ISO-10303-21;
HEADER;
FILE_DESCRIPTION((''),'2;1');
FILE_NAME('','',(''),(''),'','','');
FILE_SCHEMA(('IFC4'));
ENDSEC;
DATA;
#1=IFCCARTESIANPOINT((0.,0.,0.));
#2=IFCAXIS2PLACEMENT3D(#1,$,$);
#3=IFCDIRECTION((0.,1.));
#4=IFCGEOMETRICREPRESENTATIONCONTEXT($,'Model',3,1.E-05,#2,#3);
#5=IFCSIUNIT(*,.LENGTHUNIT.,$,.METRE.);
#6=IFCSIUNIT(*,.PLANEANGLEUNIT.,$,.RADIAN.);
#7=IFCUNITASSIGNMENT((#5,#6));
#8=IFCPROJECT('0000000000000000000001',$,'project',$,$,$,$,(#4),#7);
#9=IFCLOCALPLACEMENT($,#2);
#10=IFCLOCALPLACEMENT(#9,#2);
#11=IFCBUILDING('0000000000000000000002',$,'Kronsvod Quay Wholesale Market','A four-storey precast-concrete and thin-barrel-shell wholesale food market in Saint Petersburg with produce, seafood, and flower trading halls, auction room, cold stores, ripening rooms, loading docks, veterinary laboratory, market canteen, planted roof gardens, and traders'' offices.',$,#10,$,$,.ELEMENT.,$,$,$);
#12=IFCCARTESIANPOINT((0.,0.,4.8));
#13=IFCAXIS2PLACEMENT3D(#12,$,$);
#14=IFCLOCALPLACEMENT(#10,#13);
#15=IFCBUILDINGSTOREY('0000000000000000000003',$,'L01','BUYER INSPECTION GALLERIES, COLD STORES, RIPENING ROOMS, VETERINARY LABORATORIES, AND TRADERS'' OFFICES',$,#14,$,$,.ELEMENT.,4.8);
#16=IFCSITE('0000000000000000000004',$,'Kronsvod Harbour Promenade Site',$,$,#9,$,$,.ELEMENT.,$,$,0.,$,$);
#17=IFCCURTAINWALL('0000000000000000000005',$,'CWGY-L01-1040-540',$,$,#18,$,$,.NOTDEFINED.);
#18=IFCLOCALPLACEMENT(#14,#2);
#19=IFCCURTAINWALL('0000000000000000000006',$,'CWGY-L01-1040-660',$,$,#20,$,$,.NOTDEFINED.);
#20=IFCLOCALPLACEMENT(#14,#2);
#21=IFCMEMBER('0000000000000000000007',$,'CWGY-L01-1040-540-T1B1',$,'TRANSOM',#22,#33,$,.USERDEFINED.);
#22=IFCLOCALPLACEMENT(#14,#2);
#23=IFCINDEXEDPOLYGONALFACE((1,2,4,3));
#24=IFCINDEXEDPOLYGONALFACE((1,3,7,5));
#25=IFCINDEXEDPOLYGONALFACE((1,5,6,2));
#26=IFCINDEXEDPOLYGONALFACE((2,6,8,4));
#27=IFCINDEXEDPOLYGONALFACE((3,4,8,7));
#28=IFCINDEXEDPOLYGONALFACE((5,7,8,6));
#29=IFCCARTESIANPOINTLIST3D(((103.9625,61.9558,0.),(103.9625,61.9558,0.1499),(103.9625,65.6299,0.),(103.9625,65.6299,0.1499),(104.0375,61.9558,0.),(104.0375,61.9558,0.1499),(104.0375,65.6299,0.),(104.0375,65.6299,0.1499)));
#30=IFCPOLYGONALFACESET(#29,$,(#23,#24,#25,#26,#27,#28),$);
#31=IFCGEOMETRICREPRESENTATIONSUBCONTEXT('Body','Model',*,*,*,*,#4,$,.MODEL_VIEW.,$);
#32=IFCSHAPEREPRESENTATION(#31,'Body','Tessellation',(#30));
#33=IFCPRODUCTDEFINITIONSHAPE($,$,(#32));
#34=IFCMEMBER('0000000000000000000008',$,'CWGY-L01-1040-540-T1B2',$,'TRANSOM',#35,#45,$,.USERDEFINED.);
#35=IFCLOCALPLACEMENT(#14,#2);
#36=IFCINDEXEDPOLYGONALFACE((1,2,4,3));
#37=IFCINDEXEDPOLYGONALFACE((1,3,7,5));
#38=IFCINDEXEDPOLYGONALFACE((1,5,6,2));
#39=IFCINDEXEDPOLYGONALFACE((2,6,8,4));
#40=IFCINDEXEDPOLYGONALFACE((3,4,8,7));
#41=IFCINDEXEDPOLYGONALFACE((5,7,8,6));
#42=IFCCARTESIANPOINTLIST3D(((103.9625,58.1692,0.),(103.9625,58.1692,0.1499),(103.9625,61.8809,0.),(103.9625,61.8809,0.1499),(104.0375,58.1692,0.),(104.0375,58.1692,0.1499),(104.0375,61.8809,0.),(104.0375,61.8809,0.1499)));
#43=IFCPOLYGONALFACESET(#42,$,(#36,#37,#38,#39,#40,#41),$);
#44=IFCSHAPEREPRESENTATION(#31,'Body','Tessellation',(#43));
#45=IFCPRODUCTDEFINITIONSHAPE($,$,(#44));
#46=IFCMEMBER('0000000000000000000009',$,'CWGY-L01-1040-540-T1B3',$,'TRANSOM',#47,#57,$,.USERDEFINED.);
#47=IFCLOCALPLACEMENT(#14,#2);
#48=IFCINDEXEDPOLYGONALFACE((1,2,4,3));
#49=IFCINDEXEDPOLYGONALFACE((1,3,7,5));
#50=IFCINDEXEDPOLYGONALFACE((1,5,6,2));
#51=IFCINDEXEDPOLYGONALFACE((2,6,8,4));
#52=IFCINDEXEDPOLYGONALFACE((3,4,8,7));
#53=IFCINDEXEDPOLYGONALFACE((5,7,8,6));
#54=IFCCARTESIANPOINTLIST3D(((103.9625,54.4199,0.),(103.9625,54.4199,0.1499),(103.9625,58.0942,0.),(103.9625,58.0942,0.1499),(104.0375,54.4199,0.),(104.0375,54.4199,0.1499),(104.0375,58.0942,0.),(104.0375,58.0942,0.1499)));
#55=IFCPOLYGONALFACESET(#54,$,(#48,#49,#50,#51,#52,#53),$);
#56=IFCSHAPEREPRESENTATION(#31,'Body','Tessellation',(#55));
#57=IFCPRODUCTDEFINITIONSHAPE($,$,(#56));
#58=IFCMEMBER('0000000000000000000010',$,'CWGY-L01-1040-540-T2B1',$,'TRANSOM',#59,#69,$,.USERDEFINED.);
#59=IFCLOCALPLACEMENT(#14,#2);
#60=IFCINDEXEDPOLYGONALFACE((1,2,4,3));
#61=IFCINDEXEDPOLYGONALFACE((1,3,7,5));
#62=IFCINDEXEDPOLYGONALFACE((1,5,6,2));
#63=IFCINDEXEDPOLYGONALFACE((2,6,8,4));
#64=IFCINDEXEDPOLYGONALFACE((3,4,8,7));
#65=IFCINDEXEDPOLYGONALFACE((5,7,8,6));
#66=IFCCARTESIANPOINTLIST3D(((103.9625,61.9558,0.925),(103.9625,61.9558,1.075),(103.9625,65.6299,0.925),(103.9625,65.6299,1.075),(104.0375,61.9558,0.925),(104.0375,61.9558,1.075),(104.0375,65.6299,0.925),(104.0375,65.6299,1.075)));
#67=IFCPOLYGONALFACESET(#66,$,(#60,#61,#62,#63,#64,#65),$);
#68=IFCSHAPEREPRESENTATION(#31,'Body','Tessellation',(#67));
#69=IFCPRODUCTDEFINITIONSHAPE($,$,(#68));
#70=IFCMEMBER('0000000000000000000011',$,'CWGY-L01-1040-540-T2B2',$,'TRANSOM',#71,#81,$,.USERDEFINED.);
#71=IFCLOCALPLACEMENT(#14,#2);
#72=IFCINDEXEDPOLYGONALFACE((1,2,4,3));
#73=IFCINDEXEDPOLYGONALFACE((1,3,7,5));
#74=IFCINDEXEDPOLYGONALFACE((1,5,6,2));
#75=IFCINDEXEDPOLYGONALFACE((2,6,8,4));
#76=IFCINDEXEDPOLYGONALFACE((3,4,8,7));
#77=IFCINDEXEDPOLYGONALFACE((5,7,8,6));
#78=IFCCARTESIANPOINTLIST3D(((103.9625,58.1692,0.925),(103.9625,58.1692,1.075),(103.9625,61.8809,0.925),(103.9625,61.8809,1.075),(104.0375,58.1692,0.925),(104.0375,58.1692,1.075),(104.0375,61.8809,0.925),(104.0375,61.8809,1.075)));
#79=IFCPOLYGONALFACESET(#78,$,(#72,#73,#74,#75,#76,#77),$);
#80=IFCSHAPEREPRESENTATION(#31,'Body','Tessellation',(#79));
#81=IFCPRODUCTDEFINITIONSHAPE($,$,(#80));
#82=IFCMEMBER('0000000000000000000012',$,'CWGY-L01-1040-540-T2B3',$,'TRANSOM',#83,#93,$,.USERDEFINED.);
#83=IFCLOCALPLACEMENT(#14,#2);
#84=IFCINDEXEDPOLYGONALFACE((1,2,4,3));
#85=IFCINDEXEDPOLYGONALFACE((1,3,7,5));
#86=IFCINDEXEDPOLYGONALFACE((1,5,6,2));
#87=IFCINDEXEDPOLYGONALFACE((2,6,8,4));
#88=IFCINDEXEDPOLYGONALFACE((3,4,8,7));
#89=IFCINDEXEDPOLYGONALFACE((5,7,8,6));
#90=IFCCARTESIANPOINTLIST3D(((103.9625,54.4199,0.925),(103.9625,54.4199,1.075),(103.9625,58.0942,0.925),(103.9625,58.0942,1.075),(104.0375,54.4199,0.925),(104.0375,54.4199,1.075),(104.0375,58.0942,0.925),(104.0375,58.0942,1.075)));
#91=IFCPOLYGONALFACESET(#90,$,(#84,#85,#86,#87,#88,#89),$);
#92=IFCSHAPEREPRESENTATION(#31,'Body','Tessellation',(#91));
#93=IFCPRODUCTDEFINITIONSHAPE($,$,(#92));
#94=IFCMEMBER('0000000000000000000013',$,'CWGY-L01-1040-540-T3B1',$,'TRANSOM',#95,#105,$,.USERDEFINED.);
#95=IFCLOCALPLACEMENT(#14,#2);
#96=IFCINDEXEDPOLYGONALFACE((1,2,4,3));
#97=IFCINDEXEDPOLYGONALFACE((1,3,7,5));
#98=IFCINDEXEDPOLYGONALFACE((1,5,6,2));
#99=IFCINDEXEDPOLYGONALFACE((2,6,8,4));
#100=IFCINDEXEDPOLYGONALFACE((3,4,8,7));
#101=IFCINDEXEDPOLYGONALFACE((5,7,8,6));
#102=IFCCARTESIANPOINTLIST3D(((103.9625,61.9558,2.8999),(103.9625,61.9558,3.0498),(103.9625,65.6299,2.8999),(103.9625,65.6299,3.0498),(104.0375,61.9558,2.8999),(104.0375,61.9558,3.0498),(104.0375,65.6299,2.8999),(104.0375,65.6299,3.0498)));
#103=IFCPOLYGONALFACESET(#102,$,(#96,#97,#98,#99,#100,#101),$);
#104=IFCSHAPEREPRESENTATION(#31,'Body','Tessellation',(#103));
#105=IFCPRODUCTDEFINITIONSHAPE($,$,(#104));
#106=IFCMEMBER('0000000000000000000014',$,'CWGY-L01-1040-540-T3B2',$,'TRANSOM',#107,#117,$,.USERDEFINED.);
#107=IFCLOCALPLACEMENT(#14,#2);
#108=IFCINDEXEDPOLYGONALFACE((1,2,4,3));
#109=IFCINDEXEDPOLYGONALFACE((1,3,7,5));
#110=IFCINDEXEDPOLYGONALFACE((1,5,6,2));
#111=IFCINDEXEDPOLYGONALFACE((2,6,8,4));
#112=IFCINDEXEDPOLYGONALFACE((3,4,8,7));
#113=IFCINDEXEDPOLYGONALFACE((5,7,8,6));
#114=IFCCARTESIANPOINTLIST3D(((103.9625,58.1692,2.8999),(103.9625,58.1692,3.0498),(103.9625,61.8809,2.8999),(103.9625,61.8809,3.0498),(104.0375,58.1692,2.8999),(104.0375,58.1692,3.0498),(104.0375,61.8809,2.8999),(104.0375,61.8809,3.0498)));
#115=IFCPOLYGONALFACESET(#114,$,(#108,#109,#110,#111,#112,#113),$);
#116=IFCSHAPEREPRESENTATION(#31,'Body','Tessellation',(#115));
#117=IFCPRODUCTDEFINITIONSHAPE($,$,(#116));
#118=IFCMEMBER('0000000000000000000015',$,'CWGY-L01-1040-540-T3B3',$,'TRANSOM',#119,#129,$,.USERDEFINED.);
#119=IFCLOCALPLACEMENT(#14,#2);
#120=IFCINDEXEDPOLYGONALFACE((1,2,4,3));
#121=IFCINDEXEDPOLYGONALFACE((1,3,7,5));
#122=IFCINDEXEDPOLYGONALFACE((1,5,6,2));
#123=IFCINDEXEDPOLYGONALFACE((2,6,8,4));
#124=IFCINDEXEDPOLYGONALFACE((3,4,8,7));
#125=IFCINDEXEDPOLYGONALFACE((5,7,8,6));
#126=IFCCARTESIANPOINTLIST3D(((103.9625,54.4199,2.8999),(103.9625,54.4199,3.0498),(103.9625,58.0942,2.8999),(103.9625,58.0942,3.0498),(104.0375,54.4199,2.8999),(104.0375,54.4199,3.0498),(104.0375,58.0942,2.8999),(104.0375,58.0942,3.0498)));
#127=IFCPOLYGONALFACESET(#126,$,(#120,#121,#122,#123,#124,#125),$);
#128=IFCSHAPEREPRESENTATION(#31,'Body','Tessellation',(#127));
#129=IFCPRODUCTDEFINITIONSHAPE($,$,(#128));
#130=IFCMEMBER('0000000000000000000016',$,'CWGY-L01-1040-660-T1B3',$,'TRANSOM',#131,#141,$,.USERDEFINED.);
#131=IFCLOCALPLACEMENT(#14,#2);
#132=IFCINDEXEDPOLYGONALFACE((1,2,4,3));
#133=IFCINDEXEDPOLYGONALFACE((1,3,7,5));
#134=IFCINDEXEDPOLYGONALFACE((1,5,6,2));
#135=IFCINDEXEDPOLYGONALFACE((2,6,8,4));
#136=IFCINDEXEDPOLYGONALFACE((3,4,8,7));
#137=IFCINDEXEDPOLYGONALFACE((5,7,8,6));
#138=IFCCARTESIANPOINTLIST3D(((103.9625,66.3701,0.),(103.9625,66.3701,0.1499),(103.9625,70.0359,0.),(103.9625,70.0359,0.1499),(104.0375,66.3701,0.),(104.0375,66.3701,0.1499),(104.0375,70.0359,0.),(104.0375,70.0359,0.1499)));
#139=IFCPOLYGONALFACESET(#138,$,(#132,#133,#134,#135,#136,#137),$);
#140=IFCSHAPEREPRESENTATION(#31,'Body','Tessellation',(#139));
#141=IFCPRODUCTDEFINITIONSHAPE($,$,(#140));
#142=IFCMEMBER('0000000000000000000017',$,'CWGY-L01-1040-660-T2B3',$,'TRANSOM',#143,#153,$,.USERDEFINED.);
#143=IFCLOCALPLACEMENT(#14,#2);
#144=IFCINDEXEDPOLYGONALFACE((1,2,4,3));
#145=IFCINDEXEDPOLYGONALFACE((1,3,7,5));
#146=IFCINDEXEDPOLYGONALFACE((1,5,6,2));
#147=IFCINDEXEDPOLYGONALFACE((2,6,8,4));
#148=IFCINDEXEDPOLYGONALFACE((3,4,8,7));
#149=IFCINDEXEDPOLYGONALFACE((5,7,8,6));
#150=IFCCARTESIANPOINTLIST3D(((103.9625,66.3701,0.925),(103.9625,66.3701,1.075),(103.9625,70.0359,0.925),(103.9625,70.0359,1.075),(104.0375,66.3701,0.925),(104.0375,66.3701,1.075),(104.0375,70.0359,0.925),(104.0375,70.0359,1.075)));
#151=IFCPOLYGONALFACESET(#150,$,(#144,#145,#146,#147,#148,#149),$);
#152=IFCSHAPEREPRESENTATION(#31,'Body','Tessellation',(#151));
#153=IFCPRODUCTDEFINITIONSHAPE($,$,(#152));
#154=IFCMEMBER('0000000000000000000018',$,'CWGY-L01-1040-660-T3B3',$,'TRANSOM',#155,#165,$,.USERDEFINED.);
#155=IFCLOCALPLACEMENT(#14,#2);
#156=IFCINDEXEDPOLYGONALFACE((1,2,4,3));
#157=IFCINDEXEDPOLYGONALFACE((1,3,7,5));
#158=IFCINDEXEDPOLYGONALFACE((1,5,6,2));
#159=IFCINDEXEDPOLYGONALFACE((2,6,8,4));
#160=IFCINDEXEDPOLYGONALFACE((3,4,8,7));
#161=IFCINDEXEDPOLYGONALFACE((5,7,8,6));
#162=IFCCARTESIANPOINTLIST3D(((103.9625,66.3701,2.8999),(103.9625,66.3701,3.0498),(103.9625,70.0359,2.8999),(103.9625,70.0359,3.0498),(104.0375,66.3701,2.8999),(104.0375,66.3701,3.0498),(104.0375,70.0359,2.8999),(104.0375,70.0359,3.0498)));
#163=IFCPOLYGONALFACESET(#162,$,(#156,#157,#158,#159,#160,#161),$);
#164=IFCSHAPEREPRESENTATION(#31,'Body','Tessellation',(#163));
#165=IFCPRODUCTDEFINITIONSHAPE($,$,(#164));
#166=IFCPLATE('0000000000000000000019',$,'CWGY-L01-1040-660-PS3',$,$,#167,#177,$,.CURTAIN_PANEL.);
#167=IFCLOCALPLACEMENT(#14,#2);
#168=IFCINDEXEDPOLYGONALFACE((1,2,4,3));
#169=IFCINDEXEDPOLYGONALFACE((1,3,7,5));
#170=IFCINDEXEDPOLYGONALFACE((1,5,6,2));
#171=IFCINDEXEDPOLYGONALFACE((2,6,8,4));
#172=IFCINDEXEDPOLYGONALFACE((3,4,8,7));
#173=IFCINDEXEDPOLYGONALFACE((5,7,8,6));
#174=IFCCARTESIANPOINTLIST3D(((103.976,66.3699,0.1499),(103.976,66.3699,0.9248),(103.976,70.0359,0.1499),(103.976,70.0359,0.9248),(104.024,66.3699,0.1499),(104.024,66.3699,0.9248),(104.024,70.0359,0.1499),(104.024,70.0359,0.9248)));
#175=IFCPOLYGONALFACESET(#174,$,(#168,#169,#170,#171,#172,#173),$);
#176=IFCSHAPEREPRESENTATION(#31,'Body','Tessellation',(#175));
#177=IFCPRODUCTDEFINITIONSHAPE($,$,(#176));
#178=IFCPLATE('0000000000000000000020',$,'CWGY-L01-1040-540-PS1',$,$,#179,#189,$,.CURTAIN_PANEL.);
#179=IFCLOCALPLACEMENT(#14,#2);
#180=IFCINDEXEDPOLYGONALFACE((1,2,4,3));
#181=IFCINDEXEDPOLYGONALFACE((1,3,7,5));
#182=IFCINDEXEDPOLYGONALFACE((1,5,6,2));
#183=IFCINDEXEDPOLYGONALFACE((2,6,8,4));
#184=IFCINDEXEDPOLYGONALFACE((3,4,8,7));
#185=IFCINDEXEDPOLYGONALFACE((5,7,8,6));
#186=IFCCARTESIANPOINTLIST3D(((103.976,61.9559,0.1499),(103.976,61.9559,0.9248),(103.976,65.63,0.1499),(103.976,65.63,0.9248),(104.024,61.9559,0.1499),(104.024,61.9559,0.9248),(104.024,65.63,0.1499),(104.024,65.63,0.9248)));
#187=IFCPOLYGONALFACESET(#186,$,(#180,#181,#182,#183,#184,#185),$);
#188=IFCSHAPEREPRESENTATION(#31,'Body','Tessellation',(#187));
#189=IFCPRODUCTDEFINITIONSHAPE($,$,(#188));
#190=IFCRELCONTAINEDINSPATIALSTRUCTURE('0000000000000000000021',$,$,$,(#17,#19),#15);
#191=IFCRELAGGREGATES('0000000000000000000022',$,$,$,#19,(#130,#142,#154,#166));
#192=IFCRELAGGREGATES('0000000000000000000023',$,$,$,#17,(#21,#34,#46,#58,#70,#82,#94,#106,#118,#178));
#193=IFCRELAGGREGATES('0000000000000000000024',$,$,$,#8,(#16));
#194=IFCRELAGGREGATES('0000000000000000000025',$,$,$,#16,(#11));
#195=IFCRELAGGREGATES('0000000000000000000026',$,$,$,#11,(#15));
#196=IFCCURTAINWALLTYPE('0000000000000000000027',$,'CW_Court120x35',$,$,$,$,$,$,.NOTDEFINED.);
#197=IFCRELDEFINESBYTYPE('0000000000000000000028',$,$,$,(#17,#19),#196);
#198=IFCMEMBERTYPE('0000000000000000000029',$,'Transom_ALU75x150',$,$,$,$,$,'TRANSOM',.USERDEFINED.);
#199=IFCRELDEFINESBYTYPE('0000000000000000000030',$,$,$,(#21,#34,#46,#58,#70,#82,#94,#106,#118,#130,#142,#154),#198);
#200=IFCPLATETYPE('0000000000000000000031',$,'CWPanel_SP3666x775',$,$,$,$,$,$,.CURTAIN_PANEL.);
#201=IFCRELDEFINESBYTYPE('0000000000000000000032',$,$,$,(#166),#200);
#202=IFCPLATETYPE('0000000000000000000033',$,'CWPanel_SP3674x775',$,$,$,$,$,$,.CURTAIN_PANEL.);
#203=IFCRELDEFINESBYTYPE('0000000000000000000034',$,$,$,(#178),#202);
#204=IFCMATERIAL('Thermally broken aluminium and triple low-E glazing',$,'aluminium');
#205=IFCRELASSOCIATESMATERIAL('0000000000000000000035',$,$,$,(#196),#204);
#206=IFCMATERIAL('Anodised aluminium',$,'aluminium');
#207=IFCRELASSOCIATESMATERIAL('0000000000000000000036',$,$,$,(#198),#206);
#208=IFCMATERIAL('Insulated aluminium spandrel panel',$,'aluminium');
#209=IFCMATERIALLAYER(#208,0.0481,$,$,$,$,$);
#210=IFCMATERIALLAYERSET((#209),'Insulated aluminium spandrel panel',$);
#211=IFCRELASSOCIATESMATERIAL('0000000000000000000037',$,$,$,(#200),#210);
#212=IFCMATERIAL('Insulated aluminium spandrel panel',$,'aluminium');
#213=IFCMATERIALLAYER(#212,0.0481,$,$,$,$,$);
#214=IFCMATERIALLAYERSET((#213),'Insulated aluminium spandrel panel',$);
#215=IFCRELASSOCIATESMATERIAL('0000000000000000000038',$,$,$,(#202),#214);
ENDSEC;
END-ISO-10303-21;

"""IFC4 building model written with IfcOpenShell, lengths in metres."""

from ifc_helpers import new_model, si_unit, direction, frame, origin, origin_2d, place, context, subcontext, project, spatial, rectangle, extrude, material, layer, layer_set, material_profile, profile_set, type_object, element, aggregate, save


model = new_model("IFC4")

# Units and contexts
model_context = context("Model", 3, precision=1e-05, world=origin(), true_north=direction((0.0, 1.0)))
body_context = subcontext(model_context, "Body", "Model", "MODEL_VIEW")
ifc_project = project(units=[si_unit("LENGTHUNIT", "METRE"), si_unit("PLANEANGLEUNIT", "RADIAN")], contexts=[model_context])

# Site, building, storey
site_placement = place(None, origin())
site = spatial("IfcSite", under=ifc_project, at=site_placement, Name="Kronsvod Harbour Promenade Site", CompositionType="ELEMENT", RefElevation=0.0)
building_placement = place(site_placement, origin())
building = spatial("IfcBuilding", under=site, at=building_placement, Name="Kronsvod Quay Wholesale Market", Description="A four-storey precast-concrete and thin-barrel-shell wholesale food market in Saint Petersburg with produce, seafood, and flower trading halls, auction room, cold stores, ripening rooms, loading docks, veterinary laboratory, market canteen, planted roof gardens, and traders' offices.", CompositionType="ELEMENT")
storey_placement = place(building_placement, frame((0.0, 0.0, 4.8)))
storey = spatial("IfcBuildingStorey", under=building, at=storey_placement, Name="L01", Description="BUYER INSPECTION GALLERIES, COLD STORES, RIPENING ROOMS, VETERINARY LABORATORIES, AND TRADERS' OFFICES", CompositionType="ELEMENT", Elevation=4.8)

# Curtain walls
ifc_material_1 = material(Name="Thermally broken aluminium and triple low-E glazing", Category="aluminium")
curtain_wall_type = type_object("IfcCurtainWallType", Name="CW_Court120x35", PredefinedType="NOTDEFINED", material=ifc_material_1)
curtain_wall_1_placement = place(storey_placement, origin())
curtain_wall_1 = element("IfcCurtainWall", 1, at=curtain_wall_1_placement, inside=storey, type_object=curtain_wall_type, Name="CWGY-L01-1040-540", PredefinedType="NOTDEFINED")
curtain_wall_2_placement = place(storey_placement, origin())
curtain_wall_2 = element("IfcCurtainWall", 2, at=curtain_wall_2_placement, inside=storey, type_object=curtain_wall_type, Name="CWGY-L01-1040-660", PredefinedType="NOTDEFINED")

# Members
ifc_material_2 = material(Name="Anodised aluminium", Category="aluminium")
ifc_material_profile_1 = material_profile(ifc_material_2, rectangle(XDim=0.075, YDim=0.1499, at=origin_2d()), Name="ALUT75x150")
ifc_profile_set_1 = profile_set([ifc_material_profile_1], Name="Anodised aluminium")
member_type_1 = type_object("IfcMemberType", Name="Transom_ALU75x150", ElementType="TRANSOM", PredefinedType="USERDEFINED", material=ifc_profile_set_1)
member_1_placement = place(storey_placement, frame((104.0, 65.6299, 0.075), z_axis=(0.0, -1.0, 0.0), x_axis=(1.0, 0.0, 0.0)))
member_1 = element("IfcMember", 3, at=member_1_placement, type_object=member_type_1, Name="CWGY-L01-1040-540-T1B1", ObjectType="TRANSOM", PredefinedType="USERDEFINED", context=body_context, shape_type="SweptSolid", body=[
    extrude(rectangle(XDim=0.075, YDim=0.1499, at=origin_2d()), origin(), (0.0, 0.0, 1.0), 3.6741),
])
member_2_placement = place(storey_placement, frame((104.0, 61.8809, 0.075), z_axis=(0.0, -1.0, 0.0), x_axis=(1.0, 0.0, 0.0)))
member_2 = element("IfcMember", 4, at=member_2_placement, type_object=member_type_1, Name="CWGY-L01-1040-540-T1B2", ObjectType="TRANSOM", PredefinedType="USERDEFINED", context=body_context, shape_type="SweptSolid", body=[
    extrude(rectangle(XDim=0.075, YDim=0.1499, at=origin_2d()), origin(), (0.0, 0.0, 1.0), 3.7117),
])
member_3_placement = place(storey_placement, frame((104.0, 58.0942, 0.075), z_axis=(0.0, -1.0, 0.0), x_axis=(1.0, 0.0, 0.0)))
member_3 = element("IfcMember", 5, at=member_3_placement, type_object=member_type_1, Name="CWGY-L01-1040-540-T1B3", ObjectType="TRANSOM", PredefinedType="USERDEFINED", context=body_context, shape_type="SweptSolid", body=[
    extrude(rectangle(XDim=0.075, YDim=0.1499, at=origin_2d()), origin(), (0.0, 0.0, 1.0), 3.6743),
])
member_4_placement = place(storey_placement, frame((104.0, 65.6299, 1.0), z_axis=(0.0, -1.0, 0.0), x_axis=(1.0, 0.0, 0.0)))
member_4 = element("IfcMember", 6, at=member_4_placement, type_object=member_type_1, Name="CWGY-L01-1040-540-T2B1", ObjectType="TRANSOM", PredefinedType="USERDEFINED", context=body_context, shape_type="SweptSolid", body=[
    extrude(rectangle(XDim=0.075, YDim=0.1499, at=origin_2d()), origin(), (0.0, 0.0, 1.0), 3.6741),
])
member_5_placement = place(storey_placement, frame((104.0, 61.8809, 1.0), z_axis=(0.0, -1.0, 0.0), x_axis=(1.0, 0.0, 0.0)))
member_5 = element("IfcMember", 7, at=member_5_placement, type_object=member_type_1, Name="CWGY-L01-1040-540-T2B2", ObjectType="TRANSOM", PredefinedType="USERDEFINED", context=body_context, shape_type="SweptSolid", body=[
    extrude(rectangle(XDim=0.075, YDim=0.1499, at=origin_2d()), origin(), (0.0, 0.0, 1.0), 3.7117),
])
member_6_placement = place(storey_placement, frame((104.0, 58.0942, 1.0), z_axis=(0.0, -1.0, 0.0), x_axis=(1.0, 0.0, 0.0)))
member_6 = element("IfcMember", 8, at=member_6_placement, type_object=member_type_1, Name="CWGY-L01-1040-540-T2B3", ObjectType="TRANSOM", PredefinedType="USERDEFINED", context=body_context, shape_type="SweptSolid", body=[
    extrude(rectangle(XDim=0.075, YDim=0.1499, at=origin_2d()), origin(), (0.0, 0.0, 1.0), 3.6743),
])
member_7_placement = place(storey_placement, frame((104.0, 65.6299, 2.9749), z_axis=(0.0, -1.0, 0.0), x_axis=(1.0, 0.0, 0.0)))
member_7 = element("IfcMember", 9, at=member_7_placement, type_object=member_type_1, Name="CWGY-L01-1040-540-T3B1", ObjectType="TRANSOM", PredefinedType="USERDEFINED", context=body_context, shape_type="SweptSolid", body=[
    extrude(rectangle(XDim=0.075, YDim=0.1499, at=origin_2d()), origin(), (0.0, 0.0, 1.0), 3.6741),
])
member_8_placement = place(storey_placement, frame((104.0, 61.8809, 2.9749), z_axis=(0.0, -1.0, 0.0), x_axis=(1.0, 0.0, 0.0)))
member_8 = element("IfcMember", 10, at=member_8_placement, type_object=member_type_1, Name="CWGY-L01-1040-540-T3B2", ObjectType="TRANSOM", PredefinedType="USERDEFINED", context=body_context, shape_type="SweptSolid", body=[
    extrude(rectangle(XDim=0.075, YDim=0.1499, at=origin_2d()), origin(), (0.0, 0.0, 1.0), 3.7117),
])
member_9_placement = place(storey_placement, frame((104.0, 58.0942, 2.9749), z_axis=(0.0, -1.0, 0.0), x_axis=(1.0, 0.0, 0.0)))
member_9 = element("IfcMember", 11, at=member_9_placement, type_object=member_type_1, Name="CWGY-L01-1040-540-T3B3", ObjectType="TRANSOM", PredefinedType="USERDEFINED", context=body_context, shape_type="SweptSolid", body=[
    extrude(rectangle(XDim=0.075, YDim=0.1499, at=origin_2d()), origin(), (0.0, 0.0, 1.0), 3.6743),
])
member_10_placement = place(storey_placement, frame((104.0, 70.0359, 0.075), z_axis=(0.0, -1.0, 0.0), x_axis=(1.0, 0.0, 0.0)))
member_10 = element("IfcMember", 12, at=member_10_placement, type_object=member_type_1, Name="CWGY-L01-1040-660-T1B3", ObjectType="TRANSOM", PredefinedType="USERDEFINED", context=body_context, shape_type="SweptSolid", body=[
    extrude(rectangle(XDim=0.075, YDim=0.1499, at=origin_2d()), origin(), (0.0, 0.0, 1.0), 3.6658),
])
member_11_placement = place(storey_placement, frame((104.0, 70.0359, 1.0), z_axis=(0.0, -1.0, 0.0), x_axis=(1.0, 0.0, 0.0)))
member_11 = element("IfcMember", 13, at=member_11_placement, type_object=member_type_1, Name="CWGY-L01-1040-660-T2B3", ObjectType="TRANSOM", PredefinedType="USERDEFINED", context=body_context, shape_type="SweptSolid", body=[
    extrude(rectangle(XDim=0.075, YDim=0.1499, at=origin_2d()), origin(), (0.0, 0.0, 1.0), 3.6658),
])
member_12_placement = place(storey_placement, frame((104.0, 70.0359, 2.9749), z_axis=(0.0, -1.0, 0.0), x_axis=(1.0, 0.0, 0.0)))
member_12 = element("IfcMember", 14, at=member_12_placement, type_object=member_type_1, Name="CWGY-L01-1040-660-T3B3", ObjectType="TRANSOM", PredefinedType="USERDEFINED", context=body_context, shape_type="SweptSolid", body=[
    extrude(rectangle(XDim=0.075, YDim=0.1499, at=origin_2d()), origin(), (0.0, 0.0, 1.0), 3.6658),
])

# Plates
ifc_material_3 = material(Name="Insulated aluminium spandrel panel", Category="aluminium")
ifc_layer_1 = layer(ifc_material_3, 0.0481)
ifc_layer_set_1 = layer_set([ifc_layer_1], Name="Insulated aluminium spandrel panel")
plate_type_1 = type_object("IfcPlateType", Name="CWPanel_SP3666x775", PredefinedType="CURTAIN_PANEL", material=ifc_layer_set_1)
plate_1_placement = place(storey_placement, frame((104.0, 68.2029, 0.1499), z_axis=(0.0, 0.0, 1.0), x_axis=(0.0, -1.0, 0.0)))
plate_1 = element("IfcPlate", 15, at=plate_1_placement, type_object=plate_type_1, Name="CWGY-L01-1040-660-PS3", PredefinedType="CURTAIN_PANEL", context=body_context, shape_type="SweptSolid", body=[
    extrude(rectangle(XDim=3.666, YDim=0.0481, at=origin_2d()), origin(), (0.0, 0.0, 1.0), 0.7749),
])
ifc_material_4 = material(Name="Insulated aluminium spandrel panel", Category="aluminium")
ifc_layer_2 = layer(ifc_material_4, 0.0481)
ifc_layer_set_2 = layer_set([ifc_layer_2], Name="Insulated aluminium spandrel panel")
plate_type_2 = type_object("IfcPlateType", Name="CWPanel_SP3674x775", PredefinedType="CURTAIN_PANEL", material=ifc_layer_set_2)
plate_2_placement = place(storey_placement, frame((104.0, 63.793, 0.1499), z_axis=(0.0, 0.0, 1.0), x_axis=(0.0, -1.0, 0.0)))
plate_2 = element("IfcPlate", 16, at=plate_2_placement, type_object=plate_type_2, Name="CWGY-L01-1040-540-PS1", PredefinedType="CURTAIN_PANEL", context=body_context, shape_type="SweptSolid", body=[
    extrude(rectangle(XDim=3.6741, YDim=0.0481, at=origin_2d()), origin(), (0.0, 0.0, 1.0), 0.7749),
])
aggregate(curtain_wall_2, [member_10, member_11, member_12, plate_1])
aggregate(curtain_wall_1, [member_1, member_2, member_3, member_4, member_5, member_6, member_7, member_8, member_9, plate_2])

save(model, "model.ifc")
